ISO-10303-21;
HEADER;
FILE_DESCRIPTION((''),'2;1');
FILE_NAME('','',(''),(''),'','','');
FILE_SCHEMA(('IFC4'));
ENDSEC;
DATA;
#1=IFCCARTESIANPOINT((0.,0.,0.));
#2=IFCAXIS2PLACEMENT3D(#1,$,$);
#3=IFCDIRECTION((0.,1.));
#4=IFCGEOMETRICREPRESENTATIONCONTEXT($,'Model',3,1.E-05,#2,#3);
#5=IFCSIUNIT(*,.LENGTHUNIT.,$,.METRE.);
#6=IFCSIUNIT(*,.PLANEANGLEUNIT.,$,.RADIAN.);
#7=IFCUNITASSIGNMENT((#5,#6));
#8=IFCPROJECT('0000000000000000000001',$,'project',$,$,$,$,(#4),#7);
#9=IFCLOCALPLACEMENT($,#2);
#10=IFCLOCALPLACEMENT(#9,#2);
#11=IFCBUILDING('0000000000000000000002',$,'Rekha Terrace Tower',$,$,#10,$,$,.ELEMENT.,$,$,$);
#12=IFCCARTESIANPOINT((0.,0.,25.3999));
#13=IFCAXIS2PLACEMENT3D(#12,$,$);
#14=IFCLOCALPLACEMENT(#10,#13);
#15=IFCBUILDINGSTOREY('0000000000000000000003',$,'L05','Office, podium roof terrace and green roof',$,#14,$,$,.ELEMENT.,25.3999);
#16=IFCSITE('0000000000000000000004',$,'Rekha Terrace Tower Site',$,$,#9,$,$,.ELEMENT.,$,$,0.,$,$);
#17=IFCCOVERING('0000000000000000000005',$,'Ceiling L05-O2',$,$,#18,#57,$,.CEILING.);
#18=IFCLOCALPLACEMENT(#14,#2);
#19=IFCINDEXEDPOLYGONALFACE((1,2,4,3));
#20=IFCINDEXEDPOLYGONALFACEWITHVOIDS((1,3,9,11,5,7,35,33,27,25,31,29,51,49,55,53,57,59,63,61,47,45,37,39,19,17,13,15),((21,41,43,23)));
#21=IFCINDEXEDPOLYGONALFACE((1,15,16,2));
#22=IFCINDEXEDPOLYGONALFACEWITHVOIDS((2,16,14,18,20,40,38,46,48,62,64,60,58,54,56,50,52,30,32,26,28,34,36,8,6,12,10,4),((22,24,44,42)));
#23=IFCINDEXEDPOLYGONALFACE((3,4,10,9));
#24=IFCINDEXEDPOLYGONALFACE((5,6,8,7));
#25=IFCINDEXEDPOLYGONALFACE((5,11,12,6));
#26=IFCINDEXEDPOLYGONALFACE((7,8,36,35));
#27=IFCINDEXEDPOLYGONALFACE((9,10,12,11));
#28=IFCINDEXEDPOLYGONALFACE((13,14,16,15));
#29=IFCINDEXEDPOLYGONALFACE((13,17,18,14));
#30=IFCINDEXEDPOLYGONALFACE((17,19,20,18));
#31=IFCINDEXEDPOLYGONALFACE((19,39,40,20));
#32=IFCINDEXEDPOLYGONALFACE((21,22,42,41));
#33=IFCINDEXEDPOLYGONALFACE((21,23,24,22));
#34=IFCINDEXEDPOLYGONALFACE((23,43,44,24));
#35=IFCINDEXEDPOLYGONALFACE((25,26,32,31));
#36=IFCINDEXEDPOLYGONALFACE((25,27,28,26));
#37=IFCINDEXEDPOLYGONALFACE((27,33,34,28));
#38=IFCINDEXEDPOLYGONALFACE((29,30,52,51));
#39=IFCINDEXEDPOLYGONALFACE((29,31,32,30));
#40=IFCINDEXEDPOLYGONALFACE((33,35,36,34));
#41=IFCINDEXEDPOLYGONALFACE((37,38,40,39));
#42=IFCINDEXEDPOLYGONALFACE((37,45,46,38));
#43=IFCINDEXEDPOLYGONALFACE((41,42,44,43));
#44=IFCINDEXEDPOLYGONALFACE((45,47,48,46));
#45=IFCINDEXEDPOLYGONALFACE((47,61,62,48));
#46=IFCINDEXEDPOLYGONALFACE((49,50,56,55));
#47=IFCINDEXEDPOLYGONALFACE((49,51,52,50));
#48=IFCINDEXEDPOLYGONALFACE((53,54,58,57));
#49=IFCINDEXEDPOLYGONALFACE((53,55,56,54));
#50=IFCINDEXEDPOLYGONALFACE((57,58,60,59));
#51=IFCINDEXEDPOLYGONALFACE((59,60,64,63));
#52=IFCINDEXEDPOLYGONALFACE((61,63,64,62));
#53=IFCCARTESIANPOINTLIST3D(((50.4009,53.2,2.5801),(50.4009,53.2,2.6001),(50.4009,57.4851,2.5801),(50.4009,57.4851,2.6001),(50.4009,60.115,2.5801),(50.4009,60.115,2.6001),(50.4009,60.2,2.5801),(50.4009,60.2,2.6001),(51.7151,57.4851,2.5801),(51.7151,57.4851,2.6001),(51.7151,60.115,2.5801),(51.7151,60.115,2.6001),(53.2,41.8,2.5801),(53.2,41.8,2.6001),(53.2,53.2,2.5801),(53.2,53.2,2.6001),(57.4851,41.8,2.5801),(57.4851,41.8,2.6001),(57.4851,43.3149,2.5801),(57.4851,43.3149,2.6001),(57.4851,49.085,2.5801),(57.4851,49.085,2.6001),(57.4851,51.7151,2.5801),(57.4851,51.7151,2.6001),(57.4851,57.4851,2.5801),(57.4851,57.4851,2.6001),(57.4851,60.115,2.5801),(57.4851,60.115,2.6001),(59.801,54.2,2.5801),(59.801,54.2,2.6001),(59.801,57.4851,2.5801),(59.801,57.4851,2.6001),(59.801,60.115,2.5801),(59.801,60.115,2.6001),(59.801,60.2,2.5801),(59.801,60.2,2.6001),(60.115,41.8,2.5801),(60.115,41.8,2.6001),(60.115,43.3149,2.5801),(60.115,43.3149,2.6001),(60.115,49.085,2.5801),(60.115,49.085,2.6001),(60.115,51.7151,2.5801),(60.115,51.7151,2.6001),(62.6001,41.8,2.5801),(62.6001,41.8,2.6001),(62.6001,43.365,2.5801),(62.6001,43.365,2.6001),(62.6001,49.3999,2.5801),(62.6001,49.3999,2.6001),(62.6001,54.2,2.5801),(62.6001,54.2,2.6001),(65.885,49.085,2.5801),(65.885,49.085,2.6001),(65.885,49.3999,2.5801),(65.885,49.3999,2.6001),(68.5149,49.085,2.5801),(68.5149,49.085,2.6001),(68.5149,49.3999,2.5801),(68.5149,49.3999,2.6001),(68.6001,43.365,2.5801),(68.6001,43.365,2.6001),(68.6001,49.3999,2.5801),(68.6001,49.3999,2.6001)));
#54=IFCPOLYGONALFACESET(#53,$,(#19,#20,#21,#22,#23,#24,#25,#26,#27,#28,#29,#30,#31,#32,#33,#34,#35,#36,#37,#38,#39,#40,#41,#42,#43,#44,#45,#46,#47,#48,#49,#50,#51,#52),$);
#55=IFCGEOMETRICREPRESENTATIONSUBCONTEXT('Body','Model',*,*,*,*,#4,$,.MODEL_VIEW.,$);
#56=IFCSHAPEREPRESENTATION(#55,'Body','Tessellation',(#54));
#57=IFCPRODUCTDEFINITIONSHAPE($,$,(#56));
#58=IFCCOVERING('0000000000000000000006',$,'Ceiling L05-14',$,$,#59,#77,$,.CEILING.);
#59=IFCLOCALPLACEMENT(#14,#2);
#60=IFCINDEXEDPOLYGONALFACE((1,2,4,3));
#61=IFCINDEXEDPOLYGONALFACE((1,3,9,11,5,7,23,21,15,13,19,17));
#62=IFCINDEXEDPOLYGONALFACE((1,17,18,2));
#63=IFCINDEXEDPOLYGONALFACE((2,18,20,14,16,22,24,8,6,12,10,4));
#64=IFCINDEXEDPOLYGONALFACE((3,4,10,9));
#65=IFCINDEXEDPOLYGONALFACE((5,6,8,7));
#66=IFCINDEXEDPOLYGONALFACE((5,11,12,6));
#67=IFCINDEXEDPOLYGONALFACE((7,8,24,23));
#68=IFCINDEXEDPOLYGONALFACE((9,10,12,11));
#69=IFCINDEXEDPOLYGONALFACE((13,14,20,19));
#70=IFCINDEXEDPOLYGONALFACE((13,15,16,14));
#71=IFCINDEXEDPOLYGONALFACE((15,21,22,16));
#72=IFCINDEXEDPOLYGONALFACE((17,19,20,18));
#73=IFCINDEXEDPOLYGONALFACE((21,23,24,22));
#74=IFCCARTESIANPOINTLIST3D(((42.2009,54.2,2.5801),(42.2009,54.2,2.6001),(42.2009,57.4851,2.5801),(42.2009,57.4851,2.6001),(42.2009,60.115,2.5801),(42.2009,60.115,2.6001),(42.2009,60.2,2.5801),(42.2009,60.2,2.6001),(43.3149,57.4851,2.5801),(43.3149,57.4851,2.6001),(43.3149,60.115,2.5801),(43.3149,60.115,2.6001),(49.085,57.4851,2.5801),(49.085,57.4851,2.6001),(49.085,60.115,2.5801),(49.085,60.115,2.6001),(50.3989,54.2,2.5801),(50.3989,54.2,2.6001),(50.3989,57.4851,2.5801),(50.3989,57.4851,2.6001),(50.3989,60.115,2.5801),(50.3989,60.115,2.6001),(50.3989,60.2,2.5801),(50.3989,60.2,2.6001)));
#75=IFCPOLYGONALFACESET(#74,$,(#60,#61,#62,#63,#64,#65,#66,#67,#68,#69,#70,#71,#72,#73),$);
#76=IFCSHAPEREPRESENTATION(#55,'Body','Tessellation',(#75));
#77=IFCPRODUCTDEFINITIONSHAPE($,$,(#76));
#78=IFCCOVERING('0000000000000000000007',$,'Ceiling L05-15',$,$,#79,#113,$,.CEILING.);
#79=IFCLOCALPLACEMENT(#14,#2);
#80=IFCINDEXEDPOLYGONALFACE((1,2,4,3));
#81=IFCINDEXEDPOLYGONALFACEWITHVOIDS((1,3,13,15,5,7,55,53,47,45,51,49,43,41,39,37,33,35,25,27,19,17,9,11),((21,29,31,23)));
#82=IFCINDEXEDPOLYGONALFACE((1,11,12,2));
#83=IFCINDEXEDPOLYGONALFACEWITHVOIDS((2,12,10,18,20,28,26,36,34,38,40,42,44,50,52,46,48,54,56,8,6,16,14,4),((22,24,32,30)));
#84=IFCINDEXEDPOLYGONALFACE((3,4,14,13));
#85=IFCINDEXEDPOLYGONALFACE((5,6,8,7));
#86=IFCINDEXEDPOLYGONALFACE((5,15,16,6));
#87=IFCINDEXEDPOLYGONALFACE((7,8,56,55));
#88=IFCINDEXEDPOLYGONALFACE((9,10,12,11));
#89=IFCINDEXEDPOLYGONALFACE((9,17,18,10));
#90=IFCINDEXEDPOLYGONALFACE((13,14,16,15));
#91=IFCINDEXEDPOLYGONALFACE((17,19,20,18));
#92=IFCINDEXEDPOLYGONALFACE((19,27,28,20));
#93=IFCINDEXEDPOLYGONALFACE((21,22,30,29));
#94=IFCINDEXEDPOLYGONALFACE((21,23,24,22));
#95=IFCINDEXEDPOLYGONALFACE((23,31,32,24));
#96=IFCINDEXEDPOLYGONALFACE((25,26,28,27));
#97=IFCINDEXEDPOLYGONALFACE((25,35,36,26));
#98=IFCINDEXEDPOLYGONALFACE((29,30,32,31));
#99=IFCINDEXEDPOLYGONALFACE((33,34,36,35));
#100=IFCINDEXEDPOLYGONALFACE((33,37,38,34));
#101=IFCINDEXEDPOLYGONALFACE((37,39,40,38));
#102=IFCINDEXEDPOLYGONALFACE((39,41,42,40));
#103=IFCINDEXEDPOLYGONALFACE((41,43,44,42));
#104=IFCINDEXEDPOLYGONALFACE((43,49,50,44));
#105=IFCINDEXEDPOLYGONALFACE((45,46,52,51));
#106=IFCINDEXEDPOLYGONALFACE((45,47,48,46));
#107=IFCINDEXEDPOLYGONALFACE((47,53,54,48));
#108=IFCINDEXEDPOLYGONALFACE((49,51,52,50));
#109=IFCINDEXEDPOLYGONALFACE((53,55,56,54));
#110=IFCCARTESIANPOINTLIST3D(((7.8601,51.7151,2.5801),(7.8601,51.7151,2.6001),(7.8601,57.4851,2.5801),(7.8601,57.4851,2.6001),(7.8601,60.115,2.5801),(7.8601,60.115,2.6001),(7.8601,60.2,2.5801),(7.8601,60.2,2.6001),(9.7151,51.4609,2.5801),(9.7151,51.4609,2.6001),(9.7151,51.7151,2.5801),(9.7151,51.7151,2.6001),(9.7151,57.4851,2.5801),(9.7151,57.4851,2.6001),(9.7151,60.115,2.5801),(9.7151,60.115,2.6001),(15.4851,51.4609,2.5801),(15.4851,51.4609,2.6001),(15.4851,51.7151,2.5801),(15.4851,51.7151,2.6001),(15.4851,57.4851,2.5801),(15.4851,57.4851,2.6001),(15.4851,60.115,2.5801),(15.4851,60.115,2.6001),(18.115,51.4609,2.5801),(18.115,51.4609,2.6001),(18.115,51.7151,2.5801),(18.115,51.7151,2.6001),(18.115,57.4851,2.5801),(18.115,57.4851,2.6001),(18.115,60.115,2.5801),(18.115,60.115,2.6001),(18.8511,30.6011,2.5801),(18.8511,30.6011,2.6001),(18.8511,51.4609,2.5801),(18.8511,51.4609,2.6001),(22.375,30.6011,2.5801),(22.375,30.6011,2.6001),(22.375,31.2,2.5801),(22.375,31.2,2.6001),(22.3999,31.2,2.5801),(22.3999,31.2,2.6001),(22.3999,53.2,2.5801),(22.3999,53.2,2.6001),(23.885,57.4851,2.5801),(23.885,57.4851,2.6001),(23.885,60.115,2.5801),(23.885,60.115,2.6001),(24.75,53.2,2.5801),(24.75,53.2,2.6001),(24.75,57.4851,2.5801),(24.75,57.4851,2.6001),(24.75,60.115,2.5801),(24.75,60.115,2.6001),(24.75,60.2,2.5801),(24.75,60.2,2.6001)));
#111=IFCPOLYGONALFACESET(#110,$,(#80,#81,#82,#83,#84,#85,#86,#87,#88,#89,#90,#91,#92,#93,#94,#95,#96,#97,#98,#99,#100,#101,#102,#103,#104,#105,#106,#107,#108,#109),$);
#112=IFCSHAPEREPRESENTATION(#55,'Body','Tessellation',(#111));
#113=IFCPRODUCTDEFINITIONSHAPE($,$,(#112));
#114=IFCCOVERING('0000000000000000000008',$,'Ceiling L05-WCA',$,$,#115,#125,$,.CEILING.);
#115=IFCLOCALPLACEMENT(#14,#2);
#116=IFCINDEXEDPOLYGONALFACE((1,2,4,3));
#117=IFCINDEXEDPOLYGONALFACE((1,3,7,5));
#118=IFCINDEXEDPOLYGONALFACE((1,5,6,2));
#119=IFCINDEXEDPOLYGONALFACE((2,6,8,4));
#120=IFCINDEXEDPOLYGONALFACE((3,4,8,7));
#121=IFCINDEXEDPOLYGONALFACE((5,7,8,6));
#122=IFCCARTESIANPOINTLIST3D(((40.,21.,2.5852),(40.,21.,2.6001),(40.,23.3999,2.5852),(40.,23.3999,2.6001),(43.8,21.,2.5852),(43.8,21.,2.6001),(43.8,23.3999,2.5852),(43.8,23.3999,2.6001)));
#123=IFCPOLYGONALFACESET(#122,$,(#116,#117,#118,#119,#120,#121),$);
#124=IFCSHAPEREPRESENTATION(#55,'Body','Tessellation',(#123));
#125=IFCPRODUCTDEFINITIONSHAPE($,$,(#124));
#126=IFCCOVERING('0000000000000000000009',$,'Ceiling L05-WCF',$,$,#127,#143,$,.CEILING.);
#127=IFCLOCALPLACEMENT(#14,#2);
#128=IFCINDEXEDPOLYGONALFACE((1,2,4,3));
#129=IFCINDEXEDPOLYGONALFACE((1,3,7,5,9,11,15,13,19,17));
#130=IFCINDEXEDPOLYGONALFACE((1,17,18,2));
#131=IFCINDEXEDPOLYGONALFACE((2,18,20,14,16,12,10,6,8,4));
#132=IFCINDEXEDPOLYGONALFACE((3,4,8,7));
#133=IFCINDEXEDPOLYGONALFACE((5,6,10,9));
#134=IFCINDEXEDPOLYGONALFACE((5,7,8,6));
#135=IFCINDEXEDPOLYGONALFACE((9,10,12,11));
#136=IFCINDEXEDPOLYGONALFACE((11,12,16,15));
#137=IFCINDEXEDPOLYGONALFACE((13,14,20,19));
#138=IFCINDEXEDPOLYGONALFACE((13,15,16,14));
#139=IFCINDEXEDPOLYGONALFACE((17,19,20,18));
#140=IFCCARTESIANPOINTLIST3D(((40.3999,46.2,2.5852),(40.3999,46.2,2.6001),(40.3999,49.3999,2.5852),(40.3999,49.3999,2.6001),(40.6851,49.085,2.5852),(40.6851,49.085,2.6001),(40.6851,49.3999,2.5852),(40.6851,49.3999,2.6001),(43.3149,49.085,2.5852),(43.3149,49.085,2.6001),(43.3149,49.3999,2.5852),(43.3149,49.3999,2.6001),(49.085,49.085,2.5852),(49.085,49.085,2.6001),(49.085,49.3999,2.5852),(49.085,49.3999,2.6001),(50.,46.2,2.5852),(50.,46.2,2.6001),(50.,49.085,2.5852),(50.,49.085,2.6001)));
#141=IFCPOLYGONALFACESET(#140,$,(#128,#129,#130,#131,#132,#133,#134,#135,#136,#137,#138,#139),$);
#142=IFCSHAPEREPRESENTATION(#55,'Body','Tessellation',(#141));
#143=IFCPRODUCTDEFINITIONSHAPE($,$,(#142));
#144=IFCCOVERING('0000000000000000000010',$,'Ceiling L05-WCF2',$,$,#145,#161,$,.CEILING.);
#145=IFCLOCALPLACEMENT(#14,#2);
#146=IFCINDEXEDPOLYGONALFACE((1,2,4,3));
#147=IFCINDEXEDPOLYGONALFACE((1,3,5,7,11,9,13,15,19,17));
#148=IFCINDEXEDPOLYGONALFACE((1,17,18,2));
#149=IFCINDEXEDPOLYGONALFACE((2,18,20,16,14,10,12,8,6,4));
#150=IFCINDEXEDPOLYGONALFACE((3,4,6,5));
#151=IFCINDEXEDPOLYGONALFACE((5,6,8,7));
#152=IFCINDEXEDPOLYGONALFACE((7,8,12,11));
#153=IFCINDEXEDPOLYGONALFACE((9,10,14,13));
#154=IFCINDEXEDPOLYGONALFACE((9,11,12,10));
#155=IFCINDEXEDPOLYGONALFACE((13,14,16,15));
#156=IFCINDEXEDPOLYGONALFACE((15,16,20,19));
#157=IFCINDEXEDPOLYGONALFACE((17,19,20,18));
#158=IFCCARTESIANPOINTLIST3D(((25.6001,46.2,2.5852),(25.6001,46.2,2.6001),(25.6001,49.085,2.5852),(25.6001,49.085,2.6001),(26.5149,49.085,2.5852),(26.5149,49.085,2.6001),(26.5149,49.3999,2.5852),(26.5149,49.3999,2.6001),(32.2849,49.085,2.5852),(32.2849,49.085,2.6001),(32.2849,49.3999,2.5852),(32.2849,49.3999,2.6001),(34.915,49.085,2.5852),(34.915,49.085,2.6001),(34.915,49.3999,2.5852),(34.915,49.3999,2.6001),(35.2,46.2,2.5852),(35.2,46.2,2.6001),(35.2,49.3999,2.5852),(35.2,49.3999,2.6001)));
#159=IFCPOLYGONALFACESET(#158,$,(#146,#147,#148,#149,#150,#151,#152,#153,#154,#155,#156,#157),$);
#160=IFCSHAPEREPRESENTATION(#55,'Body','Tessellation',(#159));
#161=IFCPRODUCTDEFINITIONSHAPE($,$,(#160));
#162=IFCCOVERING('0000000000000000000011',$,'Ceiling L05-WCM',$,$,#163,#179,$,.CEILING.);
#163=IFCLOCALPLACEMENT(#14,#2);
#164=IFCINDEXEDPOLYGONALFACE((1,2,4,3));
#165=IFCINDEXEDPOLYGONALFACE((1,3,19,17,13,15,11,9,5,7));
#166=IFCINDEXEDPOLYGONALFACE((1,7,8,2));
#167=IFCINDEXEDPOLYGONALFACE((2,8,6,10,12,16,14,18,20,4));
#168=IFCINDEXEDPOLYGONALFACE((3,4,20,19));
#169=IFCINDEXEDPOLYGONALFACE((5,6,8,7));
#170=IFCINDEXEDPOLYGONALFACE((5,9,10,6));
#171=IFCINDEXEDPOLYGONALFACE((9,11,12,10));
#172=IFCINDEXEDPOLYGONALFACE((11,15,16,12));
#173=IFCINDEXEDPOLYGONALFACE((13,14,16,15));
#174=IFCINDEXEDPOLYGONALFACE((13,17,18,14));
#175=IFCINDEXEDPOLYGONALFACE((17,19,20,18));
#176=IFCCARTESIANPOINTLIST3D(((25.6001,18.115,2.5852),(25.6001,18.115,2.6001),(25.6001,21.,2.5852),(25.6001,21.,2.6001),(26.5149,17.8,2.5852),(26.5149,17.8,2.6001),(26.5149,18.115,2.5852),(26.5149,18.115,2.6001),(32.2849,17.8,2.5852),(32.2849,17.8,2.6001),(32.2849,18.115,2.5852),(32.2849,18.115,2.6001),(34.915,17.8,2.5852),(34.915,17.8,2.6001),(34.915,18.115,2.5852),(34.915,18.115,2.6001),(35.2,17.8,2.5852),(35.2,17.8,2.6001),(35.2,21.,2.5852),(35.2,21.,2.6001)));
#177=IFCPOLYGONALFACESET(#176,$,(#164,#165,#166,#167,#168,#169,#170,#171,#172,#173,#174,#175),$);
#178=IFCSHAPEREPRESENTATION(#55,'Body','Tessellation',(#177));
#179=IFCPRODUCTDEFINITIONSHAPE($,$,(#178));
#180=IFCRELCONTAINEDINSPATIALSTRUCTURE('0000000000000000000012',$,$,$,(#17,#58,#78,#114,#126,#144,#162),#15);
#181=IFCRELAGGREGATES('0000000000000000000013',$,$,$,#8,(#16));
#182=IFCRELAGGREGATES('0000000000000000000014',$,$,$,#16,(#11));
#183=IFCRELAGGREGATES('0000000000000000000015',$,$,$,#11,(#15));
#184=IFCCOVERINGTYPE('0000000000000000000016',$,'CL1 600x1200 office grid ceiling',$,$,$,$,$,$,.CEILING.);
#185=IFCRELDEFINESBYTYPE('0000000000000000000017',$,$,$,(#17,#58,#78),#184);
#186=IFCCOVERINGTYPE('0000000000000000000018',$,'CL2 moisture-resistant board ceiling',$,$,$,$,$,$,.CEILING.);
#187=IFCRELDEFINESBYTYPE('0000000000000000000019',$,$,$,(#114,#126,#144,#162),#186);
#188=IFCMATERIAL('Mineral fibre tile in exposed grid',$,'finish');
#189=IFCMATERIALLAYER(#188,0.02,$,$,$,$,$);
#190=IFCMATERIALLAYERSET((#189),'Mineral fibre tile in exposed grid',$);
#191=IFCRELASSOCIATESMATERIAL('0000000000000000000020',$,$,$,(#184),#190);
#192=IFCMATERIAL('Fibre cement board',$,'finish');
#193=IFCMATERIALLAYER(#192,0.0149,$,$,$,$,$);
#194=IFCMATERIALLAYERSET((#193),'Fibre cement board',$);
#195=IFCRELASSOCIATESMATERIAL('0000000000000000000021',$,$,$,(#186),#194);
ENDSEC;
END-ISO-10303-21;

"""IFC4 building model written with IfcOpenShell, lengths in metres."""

from ifc_helpers import new_model, si_unit, direction, frame, origin, place, context, subcontext, project, spatial, polyline, outline, extrude, material, layer, layer_set, type_object, element, save


model = new_model("IFC4")

# Units and contexts
model_context = context("Model", 3, precision=1e-05, world=origin(), true_north=direction((0.0, 1.0)))
body_context = subcontext(model_context, "Body", "Model", "MODEL_VIEW")
ifc_project = project(units=[si_unit("LENGTHUNIT", "METRE"), si_unit("PLANEANGLEUNIT", "RADIAN")], contexts=[model_context])

# Site, building, storey
site_placement = place(None, origin())
site = spatial("IfcSite", under=ifc_project, at=site_placement, Name="Rekha Terrace Tower Site", CompositionType="ELEMENT", RefElevation=0.0)
building_placement = place(site_placement, origin())
building = spatial("IfcBuilding", under=site, at=building_placement, Name="Rekha Terrace Tower", CompositionType="ELEMENT")
storey_placement = place(building_placement, frame((0.0, 0.0, 25.3999)))
storey = spatial("IfcBuildingStorey", under=building, at=storey_placement, Name="L05", Description="Office, podium roof terrace and green roof", CompositionType="ELEMENT", Elevation=25.3999)

# Coverings
ifc_material_1 = material(Name="Mineral fibre tile in exposed grid", Category="finish")
ifc_layer_1 = layer(ifc_material_1, 0.02)
ifc_layer_set_1 = layer_set([ifc_layer_1], Name="Mineral fibre tile in exposed grid")
covering_type_1 = type_object("IfcCoveringType", Name="CL1 600x1200 office grid ceiling", PredefinedType="CEILING", material=ifc_layer_set_1)
covering_1_placement = place(storey_placement, frame((0.0, 0.0, 2.5801)))
element("IfcCovering", 1, at=covering_1_placement, inside=storey, type_object=covering_type_1, Name="Ceiling L05-O2", PredefinedType="CEILING", context=body_context, shape_type="SweptSolid", body=[
    extrude(outline(polyline([(51.7151, 57.4851), (50.4009, 57.4851), (50.4009, 53.2), (53.2, 53.2), (53.2, 41.8), (57.4851, 41.8), (57.4851, 43.3149), (60.115, 43.3149), (60.115, 41.8), (62.6001, 41.8), (62.6001, 43.365), (68.6001, 43.365), (68.6001, 49.3999), (68.5149, 49.3999), (68.5149, 49.085), (65.885, 49.085), (65.885, 49.3999), (62.6001, 49.3999), (62.6001, 54.2), (59.801, 54.2), (59.801, 57.4851), (57.4851, 57.4851), (57.4851, 60.115), (59.801, 60.115), (59.801, 60.2), (50.4009, 60.2), (50.4009, 60.115), (51.7151, 60.115), (51.7151, 57.4851)]), holes=[polyline([(60.115, 49.085), (57.4851, 49.085), (57.4851, 51.7151), (60.115, 51.7151), (60.115, 49.085)])]), origin(), (0.0, 0.0, 1.0), 0.02),
])
covering_2_placement = place(storey_placement, frame((0.0, 0.0, 2.5801)))
element("IfcCovering", 2, at=covering_2_placement, inside=storey, type_object=covering_type_1, Name="Ceiling L05-14", PredefinedType="CEILING", context=body_context, shape_type="SweptSolid", body=[
    extrude(outline(polyline([(50.3989, 60.115), (50.3989, 60.2), (42.2009, 60.2), (42.2009, 60.115), (43.3149, 60.115), (43.3149, 57.4851), (42.2009, 57.4851), (42.2009, 54.2), (50.3989, 54.2), (50.3989, 57.4851), (49.085, 57.4851), (49.085, 60.115), (50.3989, 60.115)])), origin(), (0.0, 0.0, 1.0), 0.02),
])
covering_3_placement = place(storey_placement, frame((0.0, 0.0, 2.5801)))
element("IfcCovering", 3, at=covering_3_placement, inside=storey, type_object=covering_type_1, Name="Ceiling L05-15", PredefinedType="CEILING", context=body_context, shape_type="SweptSolid", body=[
    extrude(outline(polyline([(22.3999, 31.2), (22.3999, 53.2), (24.75, 53.2), (24.75, 57.4851), (23.885, 57.4851), (23.885, 60.115), (24.75, 60.115), (24.75, 60.2), (7.8601, 60.2), (7.8601, 60.115), (9.7151, 60.115), (9.7151, 57.4851), (7.8601, 57.4851), (7.8601, 51.7151), (9.7151, 51.7151), (9.7151, 51.4609), (15.4851, 51.4609), (15.4851, 51.7151), (18.115, 51.7151), (18.115, 51.4609), (18.8511, 51.4609), (18.8511, 30.6011), (22.375, 30.6011), (22.375, 31.2), (22.3999, 31.2)]), holes=[polyline([(18.115, 57.4851), (15.4851, 57.4851), (15.4851, 60.115), (18.115, 60.115), (18.115, 57.4851)])]), origin(), (0.0, 0.0, 1.0), 0.02),
])
ifc_material_2 = material(Name="Fibre cement board", Category="finish")
ifc_layer_2 = layer(ifc_material_2, 0.0149)
ifc_layer_set_2 = layer_set([ifc_layer_2], Name="Fibre cement board")
covering_type_2 = type_object("IfcCoveringType", Name="CL2 moisture-resistant board ceiling", PredefinedType="CEILING", material=ifc_layer_set_2)
covering_4_placement = place(storey_placement, frame((0.0, 0.0, 2.5852)))
element("IfcCovering", 4, at=covering_4_placement, inside=storey, type_object=covering_type_2, Name="Ceiling L05-WCA", PredefinedType="CEILING", context=body_context, shape_type="SweptSolid", body=[
    extrude(outline(polyline([(43.8, 23.3999), (40.0, 23.3999), (40.0, 21.0), (43.8, 21.0), (43.8, 23.3999)])), origin(), (0.0, 0.0, 1.0), 0.0149),
])
covering_5_placement = place(storey_placement, frame((0.0, 0.0, 2.5852)))
element("IfcCovering", 5, at=covering_5_placement, inside=storey, type_object=covering_type_2, Name="Ceiling L05-WCF", PredefinedType="CEILING", context=body_context, shape_type="SweptSolid", body=[
    extrude(outline(polyline([(40.6851, 49.3999), (40.3999, 49.3999), (40.3999, 46.2), (50.0, 46.2), (50.0, 49.085), (49.085, 49.085), (49.085, 49.3999), (43.3149, 49.3999), (43.3149, 49.085), (40.6851, 49.085), (40.6851, 49.3999)])), origin(), (0.0, 0.0, 1.0), 0.0149),
])
covering_6_placement = place(storey_placement, frame((0.0, 0.0, 2.5852)))
element("IfcCovering", 6, at=covering_6_placement, inside=storey, type_object=covering_type_2, Name="Ceiling L05-WCF2", PredefinedType="CEILING", context=body_context, shape_type="SweptSolid", body=[
    extrude(outline(polyline([(26.5149, 49.085), (25.6001, 49.085), (25.6001, 46.2), (35.2, 46.2), (35.2, 49.3999), (34.915, 49.3999), (34.915, 49.085), (32.2849, 49.085), (32.2849, 49.3999), (26.5149, 49.3999), (26.5149, 49.085)])), origin(), (0.0, 0.0, 1.0), 0.0149),
])
covering_7_placement = place(storey_placement, frame((0.0, 0.0, 2.5852)))
element("IfcCovering", 7, at=covering_7_placement, inside=storey, type_object=covering_type_2, Name="Ceiling L05-WCM", PredefinedType="CEILING", context=body_context, shape_type="SweptSolid", body=[
    extrude(outline(polyline([(35.2, 21.0), (25.6001, 21.0), (25.6001, 18.115), (26.5149, 18.115), (26.5149, 17.8), (32.2849, 17.8), (32.2849, 18.115), (34.915, 18.115), (34.915, 17.8), (35.2, 17.8), (35.2, 21.0)])), origin(), (0.0, 0.0, 1.0), 0.0149),
])

save(model, "model.ifc")
